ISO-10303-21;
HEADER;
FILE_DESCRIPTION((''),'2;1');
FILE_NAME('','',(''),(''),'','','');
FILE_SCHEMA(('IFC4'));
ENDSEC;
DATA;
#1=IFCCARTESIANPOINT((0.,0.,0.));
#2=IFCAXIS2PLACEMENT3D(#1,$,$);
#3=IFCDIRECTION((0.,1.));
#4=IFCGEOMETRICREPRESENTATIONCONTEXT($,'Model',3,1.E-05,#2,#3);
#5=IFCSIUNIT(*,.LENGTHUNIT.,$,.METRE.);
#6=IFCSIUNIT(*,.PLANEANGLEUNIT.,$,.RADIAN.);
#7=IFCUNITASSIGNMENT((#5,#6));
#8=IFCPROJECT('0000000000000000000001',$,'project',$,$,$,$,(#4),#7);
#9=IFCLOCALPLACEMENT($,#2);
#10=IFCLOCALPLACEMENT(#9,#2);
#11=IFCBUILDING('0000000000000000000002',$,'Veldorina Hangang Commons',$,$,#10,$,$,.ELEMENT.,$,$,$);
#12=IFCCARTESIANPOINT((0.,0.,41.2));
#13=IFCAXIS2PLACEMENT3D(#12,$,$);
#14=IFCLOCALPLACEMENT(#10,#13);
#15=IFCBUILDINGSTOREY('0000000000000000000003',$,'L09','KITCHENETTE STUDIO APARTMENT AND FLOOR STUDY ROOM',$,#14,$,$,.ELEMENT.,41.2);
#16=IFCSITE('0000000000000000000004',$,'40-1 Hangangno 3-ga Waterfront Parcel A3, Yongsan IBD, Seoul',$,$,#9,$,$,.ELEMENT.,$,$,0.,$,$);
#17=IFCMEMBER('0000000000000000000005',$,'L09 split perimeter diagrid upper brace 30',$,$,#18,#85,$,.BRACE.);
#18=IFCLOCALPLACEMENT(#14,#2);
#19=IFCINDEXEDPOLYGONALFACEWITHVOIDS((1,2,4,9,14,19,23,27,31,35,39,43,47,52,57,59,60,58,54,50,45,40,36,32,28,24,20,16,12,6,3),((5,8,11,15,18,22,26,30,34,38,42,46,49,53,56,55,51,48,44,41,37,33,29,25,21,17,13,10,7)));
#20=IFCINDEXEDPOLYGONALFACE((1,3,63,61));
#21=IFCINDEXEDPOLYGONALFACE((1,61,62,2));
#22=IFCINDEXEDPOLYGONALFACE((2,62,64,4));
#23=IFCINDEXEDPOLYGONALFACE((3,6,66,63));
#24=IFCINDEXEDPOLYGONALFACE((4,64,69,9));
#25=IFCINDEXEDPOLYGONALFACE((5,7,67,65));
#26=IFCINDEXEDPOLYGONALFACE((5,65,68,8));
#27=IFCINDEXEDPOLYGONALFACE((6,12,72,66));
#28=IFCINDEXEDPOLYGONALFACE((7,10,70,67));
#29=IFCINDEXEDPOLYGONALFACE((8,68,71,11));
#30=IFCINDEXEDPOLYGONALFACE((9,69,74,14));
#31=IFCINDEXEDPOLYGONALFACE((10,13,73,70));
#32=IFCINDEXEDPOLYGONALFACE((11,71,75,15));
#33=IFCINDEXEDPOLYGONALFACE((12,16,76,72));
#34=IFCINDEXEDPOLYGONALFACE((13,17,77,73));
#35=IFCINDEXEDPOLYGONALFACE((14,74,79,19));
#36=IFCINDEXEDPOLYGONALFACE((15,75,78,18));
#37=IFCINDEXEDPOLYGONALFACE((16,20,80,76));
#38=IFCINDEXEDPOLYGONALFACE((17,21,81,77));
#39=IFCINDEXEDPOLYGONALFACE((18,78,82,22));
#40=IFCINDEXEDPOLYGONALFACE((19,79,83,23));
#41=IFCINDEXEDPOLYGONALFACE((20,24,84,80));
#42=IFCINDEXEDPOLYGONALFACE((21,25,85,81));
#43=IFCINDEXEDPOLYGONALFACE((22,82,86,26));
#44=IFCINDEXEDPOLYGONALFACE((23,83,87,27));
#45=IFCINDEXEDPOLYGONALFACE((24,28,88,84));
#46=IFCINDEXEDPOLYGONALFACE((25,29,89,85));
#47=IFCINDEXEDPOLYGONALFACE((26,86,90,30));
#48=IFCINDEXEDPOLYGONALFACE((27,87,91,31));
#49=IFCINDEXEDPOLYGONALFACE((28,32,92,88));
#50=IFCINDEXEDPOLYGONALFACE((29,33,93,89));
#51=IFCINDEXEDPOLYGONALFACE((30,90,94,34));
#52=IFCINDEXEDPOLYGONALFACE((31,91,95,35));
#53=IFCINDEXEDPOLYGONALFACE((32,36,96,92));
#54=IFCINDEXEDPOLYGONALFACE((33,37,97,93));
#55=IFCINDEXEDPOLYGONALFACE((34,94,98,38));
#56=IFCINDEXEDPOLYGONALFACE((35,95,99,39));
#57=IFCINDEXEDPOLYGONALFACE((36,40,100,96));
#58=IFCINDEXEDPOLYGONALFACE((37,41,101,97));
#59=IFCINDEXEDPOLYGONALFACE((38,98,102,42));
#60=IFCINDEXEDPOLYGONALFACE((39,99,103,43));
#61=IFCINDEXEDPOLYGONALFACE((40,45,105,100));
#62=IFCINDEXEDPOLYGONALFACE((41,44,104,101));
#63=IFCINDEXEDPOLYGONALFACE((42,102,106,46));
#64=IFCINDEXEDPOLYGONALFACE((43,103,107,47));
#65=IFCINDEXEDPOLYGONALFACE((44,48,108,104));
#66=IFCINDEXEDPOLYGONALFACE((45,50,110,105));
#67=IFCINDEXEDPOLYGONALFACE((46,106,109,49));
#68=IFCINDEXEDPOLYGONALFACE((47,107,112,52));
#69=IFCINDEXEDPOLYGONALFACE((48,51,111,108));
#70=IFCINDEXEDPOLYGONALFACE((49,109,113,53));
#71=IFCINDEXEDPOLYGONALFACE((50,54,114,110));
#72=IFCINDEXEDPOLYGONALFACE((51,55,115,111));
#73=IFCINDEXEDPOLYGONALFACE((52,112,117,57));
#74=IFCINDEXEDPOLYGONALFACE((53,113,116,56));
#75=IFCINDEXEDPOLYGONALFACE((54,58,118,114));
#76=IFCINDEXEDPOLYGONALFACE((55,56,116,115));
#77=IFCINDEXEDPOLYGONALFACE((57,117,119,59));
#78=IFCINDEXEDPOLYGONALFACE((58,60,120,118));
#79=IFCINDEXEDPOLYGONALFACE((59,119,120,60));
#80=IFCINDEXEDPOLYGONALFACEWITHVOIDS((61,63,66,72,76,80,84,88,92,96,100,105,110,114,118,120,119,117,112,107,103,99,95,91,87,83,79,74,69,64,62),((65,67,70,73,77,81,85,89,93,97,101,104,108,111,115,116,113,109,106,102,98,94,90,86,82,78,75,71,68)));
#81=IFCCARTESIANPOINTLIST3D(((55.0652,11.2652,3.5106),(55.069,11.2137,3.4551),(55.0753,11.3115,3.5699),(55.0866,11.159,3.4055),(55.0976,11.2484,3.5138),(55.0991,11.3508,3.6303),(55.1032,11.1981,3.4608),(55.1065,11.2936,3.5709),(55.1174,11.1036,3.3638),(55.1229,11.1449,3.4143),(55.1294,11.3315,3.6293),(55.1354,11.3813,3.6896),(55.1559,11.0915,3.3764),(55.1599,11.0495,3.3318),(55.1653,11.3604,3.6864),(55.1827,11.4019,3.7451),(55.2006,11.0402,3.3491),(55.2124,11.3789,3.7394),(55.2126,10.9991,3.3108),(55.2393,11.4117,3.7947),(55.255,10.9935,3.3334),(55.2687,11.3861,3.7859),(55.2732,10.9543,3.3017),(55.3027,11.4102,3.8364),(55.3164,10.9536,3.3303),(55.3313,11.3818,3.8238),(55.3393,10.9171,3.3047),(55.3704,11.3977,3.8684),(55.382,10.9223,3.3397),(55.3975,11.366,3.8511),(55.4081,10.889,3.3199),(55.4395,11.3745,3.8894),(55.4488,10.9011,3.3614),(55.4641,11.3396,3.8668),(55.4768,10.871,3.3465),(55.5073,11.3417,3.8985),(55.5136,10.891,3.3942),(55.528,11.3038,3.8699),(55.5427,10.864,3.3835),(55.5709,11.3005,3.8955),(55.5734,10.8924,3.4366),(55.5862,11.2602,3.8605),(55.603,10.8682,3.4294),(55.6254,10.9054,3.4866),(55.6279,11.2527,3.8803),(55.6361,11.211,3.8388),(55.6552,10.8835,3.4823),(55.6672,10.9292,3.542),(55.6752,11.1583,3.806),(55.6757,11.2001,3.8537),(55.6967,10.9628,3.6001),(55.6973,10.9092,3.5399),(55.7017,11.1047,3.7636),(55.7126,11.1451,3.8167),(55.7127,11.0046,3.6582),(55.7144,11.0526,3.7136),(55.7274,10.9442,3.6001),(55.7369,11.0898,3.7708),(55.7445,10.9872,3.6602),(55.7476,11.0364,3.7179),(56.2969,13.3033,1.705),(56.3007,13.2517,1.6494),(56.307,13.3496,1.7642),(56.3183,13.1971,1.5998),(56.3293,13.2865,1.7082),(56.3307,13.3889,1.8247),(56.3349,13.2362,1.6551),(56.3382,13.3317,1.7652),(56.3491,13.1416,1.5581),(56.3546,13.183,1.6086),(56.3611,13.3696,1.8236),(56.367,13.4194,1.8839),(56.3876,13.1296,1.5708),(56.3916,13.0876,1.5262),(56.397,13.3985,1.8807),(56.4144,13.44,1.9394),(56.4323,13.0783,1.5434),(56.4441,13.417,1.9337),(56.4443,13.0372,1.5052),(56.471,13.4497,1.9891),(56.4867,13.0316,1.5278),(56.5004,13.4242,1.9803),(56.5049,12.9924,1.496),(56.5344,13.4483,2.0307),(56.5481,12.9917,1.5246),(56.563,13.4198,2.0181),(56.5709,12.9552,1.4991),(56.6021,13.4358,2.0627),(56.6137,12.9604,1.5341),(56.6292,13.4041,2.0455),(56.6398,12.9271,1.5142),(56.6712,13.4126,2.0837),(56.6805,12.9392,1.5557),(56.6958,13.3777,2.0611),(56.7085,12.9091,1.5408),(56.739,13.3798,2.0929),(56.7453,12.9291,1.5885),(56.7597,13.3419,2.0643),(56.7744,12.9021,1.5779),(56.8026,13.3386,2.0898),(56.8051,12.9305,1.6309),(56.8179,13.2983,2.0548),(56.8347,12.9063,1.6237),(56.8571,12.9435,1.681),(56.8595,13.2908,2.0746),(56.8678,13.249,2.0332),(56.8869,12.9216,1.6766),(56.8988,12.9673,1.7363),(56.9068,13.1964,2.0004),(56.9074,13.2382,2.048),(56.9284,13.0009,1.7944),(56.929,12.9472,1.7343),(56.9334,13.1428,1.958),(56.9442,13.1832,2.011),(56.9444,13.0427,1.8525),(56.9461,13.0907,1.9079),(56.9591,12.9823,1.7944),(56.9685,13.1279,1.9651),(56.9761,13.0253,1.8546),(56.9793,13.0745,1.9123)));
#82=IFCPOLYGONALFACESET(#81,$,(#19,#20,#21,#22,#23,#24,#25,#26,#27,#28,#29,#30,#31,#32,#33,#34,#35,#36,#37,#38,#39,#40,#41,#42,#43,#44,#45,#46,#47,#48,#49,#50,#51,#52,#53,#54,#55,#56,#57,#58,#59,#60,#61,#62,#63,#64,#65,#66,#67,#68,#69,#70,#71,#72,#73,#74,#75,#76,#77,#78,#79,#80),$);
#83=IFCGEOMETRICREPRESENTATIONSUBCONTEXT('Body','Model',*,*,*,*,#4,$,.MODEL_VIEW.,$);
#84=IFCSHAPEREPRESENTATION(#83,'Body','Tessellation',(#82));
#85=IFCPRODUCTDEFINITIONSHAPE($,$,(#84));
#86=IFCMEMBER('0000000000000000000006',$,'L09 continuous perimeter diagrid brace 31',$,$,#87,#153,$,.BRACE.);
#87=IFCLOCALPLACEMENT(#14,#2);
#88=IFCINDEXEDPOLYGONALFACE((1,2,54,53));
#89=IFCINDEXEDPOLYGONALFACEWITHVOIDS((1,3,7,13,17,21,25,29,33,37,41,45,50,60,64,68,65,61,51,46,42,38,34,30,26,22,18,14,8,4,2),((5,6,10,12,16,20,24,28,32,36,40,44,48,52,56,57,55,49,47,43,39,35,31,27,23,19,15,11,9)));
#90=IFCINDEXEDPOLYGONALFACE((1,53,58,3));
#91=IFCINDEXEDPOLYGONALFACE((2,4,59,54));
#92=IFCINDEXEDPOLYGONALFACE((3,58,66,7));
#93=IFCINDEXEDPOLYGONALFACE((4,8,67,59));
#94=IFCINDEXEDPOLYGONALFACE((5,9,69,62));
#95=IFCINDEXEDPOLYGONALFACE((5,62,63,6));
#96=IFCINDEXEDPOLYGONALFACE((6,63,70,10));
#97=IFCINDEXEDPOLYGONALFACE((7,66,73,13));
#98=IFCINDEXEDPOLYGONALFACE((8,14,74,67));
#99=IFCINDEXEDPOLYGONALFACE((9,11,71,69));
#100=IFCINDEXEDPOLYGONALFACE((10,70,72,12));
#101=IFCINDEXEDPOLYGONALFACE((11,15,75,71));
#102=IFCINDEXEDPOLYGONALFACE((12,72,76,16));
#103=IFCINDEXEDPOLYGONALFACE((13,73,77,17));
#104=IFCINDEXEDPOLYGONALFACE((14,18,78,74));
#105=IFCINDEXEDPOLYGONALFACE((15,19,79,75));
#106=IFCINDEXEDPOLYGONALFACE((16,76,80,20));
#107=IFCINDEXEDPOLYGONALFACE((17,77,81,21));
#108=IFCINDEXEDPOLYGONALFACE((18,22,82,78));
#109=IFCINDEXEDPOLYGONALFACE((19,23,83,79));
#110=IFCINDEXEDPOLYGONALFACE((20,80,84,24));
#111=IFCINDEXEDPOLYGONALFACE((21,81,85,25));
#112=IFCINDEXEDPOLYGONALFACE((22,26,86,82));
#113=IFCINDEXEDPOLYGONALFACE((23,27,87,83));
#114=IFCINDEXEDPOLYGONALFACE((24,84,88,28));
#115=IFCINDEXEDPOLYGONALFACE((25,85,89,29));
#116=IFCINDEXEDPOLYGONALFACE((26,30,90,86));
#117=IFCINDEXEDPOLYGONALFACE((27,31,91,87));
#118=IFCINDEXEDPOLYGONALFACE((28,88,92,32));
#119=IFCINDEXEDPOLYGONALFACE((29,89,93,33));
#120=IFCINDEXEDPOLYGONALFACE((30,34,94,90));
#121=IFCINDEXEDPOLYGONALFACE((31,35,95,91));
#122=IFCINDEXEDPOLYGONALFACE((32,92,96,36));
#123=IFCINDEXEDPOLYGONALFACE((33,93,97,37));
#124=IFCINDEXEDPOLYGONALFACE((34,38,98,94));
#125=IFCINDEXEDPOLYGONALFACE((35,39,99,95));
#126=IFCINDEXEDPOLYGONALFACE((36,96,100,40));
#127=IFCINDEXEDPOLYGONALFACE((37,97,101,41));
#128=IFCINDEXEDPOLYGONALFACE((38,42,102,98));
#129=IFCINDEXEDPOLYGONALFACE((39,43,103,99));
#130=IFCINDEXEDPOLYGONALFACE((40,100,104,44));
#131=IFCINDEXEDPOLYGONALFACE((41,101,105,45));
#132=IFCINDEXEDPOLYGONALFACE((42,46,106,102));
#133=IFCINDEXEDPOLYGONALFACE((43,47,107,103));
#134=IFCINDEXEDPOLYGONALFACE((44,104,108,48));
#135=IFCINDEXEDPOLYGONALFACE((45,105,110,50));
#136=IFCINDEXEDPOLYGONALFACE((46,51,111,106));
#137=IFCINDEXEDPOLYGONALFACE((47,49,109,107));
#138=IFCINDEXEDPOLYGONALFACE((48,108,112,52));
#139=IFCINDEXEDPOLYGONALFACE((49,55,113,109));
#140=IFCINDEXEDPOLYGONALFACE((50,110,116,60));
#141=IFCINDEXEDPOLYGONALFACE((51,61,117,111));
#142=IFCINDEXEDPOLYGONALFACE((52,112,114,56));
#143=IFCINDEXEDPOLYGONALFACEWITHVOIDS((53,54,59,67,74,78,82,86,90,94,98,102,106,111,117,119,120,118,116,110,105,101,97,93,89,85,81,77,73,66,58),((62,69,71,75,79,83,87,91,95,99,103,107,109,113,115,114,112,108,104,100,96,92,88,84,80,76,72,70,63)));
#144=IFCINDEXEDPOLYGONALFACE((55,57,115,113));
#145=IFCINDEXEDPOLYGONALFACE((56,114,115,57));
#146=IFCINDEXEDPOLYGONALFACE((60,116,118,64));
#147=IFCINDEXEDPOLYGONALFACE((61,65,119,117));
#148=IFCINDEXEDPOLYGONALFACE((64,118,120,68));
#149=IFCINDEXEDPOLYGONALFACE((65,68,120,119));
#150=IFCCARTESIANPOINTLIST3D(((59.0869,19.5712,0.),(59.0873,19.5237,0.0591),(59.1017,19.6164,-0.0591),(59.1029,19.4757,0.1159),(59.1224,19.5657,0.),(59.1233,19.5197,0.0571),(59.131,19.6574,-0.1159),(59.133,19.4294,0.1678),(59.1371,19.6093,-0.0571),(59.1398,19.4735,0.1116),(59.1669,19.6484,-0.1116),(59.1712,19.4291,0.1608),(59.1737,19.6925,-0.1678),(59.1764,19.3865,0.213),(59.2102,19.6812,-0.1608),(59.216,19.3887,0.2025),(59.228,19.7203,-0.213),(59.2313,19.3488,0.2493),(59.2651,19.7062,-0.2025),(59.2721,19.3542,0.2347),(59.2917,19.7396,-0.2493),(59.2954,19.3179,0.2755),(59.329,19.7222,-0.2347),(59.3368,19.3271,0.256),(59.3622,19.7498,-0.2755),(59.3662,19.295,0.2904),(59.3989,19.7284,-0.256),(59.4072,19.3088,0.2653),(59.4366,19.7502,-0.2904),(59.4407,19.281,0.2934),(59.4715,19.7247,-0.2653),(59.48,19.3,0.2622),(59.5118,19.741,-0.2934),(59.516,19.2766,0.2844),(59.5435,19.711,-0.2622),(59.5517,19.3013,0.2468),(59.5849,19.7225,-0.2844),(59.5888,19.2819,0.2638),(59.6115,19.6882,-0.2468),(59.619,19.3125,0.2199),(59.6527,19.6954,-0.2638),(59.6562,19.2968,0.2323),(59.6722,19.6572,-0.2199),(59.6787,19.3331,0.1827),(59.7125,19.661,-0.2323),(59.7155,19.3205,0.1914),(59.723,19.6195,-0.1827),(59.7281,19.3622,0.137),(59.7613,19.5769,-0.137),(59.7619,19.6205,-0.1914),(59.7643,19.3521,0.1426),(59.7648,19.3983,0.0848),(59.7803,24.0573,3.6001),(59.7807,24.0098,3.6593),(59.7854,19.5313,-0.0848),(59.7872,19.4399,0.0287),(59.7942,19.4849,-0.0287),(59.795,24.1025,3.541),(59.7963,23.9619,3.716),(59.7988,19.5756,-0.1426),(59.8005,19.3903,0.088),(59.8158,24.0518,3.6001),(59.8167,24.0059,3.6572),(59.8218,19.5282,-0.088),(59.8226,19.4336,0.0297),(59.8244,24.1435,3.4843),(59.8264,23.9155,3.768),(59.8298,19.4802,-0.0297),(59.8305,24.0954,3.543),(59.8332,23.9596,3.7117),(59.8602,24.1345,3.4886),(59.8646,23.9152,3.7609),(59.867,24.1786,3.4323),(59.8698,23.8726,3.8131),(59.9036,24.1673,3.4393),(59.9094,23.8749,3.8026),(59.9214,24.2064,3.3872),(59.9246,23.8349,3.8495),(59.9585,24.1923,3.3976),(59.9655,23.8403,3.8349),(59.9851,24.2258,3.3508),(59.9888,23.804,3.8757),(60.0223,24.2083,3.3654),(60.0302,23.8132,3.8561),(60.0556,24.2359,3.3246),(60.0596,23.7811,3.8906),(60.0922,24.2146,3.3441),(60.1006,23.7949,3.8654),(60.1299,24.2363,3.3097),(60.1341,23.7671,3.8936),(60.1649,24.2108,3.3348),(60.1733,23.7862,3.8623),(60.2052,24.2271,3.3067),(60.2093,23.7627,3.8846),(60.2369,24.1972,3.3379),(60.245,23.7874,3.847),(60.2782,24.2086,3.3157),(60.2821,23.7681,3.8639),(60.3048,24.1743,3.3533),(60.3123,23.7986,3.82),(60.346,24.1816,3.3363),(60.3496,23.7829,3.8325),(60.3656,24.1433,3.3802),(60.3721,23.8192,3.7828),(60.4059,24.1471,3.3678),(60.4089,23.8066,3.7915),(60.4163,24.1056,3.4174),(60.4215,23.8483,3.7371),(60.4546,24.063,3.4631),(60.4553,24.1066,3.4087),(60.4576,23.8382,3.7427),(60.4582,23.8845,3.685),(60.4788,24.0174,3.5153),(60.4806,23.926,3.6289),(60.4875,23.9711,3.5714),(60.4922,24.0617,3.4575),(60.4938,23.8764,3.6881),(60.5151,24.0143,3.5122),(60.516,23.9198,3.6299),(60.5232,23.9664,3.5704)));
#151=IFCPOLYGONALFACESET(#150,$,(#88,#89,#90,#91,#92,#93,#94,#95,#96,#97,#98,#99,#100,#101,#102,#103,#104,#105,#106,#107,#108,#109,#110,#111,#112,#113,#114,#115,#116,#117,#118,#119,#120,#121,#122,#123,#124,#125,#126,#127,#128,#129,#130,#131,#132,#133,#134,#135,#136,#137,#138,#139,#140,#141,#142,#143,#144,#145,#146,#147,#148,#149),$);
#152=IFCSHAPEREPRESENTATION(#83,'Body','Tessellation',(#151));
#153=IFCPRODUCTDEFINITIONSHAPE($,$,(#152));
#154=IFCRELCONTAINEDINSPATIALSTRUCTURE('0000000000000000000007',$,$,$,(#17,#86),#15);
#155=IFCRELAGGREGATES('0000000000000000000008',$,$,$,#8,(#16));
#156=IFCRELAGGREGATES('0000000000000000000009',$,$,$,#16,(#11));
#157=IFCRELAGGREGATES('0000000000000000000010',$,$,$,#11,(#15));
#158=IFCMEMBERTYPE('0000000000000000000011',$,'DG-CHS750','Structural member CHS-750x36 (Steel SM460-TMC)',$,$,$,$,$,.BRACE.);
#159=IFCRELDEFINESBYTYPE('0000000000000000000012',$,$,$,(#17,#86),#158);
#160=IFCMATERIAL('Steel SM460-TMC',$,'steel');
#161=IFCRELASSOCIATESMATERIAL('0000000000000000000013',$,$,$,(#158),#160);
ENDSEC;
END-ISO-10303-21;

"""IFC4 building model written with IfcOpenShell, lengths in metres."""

from ifc_helpers import new_model, si_unit, direction, frame, origin, origin_2d, place, context, subcontext, project, spatial, hollow_circle, extrude, material, material_profile, profile_set, type_object, element, save


model = new_model("IFC4")

# Units and contexts
model_context = context("Model", 3, precision=1e-05, world=origin(), true_north=direction((0.0, 1.0)))
body_context = subcontext(model_context, "Body", "Model", "MODEL_VIEW")
ifc_project = project(units=[si_unit("LENGTHUNIT", "METRE"), si_unit("PLANEANGLEUNIT", "RADIAN")], contexts=[model_context])

# Site, building, storey
site_placement = place(None, origin())
site = spatial("IfcSite", under=ifc_project, at=site_placement, Name="40-1 Hangangno 3-ga Waterfront Parcel A3, Yongsan IBD, Seoul", CompositionType="ELEMENT", RefElevation=0.0)
building_placement = place(site_placement, origin())
building = spatial("IfcBuilding", under=site, at=building_placement, Name="Veldorina Hangang Commons", CompositionType="ELEMENT")
storey_placement = place(building_placement, frame((0.0, 0.0, 41.2)))
storey = spatial("IfcBuildingStorey", under=building, at=storey_placement, Name="L09", Description="KITCHENETTE STUDIO APARTMENT AND FLOOR STUDY ROOM", CompositionType="ELEMENT", Elevation=41.2)

# Shared definitions
ifc_material_1 = material(Name="Steel SM460-TMC", Category="steel")

# Members
ifc_material_profile_1 = material_profile(ifc_material_1, hollow_circle(Radius=0.375, WallThickness=0.0359, at=origin_2d()), Name="CHS-750x36")
ifc_profile_set_1 = profile_set([ifc_material_profile_1], Name="Steel SM460-TMC")
member_type = type_object("IfcMemberType", Name="DG-CHS750", Description="Structural member CHS-750x36 (Steel SM460-TMC)", PredefinedType="BRACE", material=ifc_profile_set_1)
member_1_placement = place(storey_placement, frame((56.6382, 13.1763, 1.7944), z_axis=(-0.41214, -0.681971, 0.604199), x_axis=(0.855851, -0.517222, 0.0)))
element("IfcMember", 1, at=member_1_placement, inside=storey, type_object=member_type, Name="L09 split perimeter diagrid upper brace 30", PredefinedType="BRACE", context=body_context, shape_type="SweptSolid", body=[
    extrude(hollow_circle(Radius=0.375, WallThickness=0.0359, at=origin_2d()), origin(), (0.0, 0.0, 1.0), 2.9885),
])
member_2_placement = place(storey_placement, frame((59.4575, 19.5139, 0.0), z_axis=(0.119676, 0.77431, 0.621387), x_axis=(-0.988266, 0.152744, 0.0)))
element("IfcMember", 2, at=member_2_placement, inside=storey, type_object=member_type, Name="L09 continuous perimeter diagrid brace 31", PredefinedType="BRACE", context=body_context, shape_type="SweptSolid", body=[
    extrude(hollow_circle(Radius=0.375, WallThickness=0.0359, at=origin_2d()), origin(), (0.0, 0.0, 1.0), 5.7937),
])

save(model, "model.ifc")
